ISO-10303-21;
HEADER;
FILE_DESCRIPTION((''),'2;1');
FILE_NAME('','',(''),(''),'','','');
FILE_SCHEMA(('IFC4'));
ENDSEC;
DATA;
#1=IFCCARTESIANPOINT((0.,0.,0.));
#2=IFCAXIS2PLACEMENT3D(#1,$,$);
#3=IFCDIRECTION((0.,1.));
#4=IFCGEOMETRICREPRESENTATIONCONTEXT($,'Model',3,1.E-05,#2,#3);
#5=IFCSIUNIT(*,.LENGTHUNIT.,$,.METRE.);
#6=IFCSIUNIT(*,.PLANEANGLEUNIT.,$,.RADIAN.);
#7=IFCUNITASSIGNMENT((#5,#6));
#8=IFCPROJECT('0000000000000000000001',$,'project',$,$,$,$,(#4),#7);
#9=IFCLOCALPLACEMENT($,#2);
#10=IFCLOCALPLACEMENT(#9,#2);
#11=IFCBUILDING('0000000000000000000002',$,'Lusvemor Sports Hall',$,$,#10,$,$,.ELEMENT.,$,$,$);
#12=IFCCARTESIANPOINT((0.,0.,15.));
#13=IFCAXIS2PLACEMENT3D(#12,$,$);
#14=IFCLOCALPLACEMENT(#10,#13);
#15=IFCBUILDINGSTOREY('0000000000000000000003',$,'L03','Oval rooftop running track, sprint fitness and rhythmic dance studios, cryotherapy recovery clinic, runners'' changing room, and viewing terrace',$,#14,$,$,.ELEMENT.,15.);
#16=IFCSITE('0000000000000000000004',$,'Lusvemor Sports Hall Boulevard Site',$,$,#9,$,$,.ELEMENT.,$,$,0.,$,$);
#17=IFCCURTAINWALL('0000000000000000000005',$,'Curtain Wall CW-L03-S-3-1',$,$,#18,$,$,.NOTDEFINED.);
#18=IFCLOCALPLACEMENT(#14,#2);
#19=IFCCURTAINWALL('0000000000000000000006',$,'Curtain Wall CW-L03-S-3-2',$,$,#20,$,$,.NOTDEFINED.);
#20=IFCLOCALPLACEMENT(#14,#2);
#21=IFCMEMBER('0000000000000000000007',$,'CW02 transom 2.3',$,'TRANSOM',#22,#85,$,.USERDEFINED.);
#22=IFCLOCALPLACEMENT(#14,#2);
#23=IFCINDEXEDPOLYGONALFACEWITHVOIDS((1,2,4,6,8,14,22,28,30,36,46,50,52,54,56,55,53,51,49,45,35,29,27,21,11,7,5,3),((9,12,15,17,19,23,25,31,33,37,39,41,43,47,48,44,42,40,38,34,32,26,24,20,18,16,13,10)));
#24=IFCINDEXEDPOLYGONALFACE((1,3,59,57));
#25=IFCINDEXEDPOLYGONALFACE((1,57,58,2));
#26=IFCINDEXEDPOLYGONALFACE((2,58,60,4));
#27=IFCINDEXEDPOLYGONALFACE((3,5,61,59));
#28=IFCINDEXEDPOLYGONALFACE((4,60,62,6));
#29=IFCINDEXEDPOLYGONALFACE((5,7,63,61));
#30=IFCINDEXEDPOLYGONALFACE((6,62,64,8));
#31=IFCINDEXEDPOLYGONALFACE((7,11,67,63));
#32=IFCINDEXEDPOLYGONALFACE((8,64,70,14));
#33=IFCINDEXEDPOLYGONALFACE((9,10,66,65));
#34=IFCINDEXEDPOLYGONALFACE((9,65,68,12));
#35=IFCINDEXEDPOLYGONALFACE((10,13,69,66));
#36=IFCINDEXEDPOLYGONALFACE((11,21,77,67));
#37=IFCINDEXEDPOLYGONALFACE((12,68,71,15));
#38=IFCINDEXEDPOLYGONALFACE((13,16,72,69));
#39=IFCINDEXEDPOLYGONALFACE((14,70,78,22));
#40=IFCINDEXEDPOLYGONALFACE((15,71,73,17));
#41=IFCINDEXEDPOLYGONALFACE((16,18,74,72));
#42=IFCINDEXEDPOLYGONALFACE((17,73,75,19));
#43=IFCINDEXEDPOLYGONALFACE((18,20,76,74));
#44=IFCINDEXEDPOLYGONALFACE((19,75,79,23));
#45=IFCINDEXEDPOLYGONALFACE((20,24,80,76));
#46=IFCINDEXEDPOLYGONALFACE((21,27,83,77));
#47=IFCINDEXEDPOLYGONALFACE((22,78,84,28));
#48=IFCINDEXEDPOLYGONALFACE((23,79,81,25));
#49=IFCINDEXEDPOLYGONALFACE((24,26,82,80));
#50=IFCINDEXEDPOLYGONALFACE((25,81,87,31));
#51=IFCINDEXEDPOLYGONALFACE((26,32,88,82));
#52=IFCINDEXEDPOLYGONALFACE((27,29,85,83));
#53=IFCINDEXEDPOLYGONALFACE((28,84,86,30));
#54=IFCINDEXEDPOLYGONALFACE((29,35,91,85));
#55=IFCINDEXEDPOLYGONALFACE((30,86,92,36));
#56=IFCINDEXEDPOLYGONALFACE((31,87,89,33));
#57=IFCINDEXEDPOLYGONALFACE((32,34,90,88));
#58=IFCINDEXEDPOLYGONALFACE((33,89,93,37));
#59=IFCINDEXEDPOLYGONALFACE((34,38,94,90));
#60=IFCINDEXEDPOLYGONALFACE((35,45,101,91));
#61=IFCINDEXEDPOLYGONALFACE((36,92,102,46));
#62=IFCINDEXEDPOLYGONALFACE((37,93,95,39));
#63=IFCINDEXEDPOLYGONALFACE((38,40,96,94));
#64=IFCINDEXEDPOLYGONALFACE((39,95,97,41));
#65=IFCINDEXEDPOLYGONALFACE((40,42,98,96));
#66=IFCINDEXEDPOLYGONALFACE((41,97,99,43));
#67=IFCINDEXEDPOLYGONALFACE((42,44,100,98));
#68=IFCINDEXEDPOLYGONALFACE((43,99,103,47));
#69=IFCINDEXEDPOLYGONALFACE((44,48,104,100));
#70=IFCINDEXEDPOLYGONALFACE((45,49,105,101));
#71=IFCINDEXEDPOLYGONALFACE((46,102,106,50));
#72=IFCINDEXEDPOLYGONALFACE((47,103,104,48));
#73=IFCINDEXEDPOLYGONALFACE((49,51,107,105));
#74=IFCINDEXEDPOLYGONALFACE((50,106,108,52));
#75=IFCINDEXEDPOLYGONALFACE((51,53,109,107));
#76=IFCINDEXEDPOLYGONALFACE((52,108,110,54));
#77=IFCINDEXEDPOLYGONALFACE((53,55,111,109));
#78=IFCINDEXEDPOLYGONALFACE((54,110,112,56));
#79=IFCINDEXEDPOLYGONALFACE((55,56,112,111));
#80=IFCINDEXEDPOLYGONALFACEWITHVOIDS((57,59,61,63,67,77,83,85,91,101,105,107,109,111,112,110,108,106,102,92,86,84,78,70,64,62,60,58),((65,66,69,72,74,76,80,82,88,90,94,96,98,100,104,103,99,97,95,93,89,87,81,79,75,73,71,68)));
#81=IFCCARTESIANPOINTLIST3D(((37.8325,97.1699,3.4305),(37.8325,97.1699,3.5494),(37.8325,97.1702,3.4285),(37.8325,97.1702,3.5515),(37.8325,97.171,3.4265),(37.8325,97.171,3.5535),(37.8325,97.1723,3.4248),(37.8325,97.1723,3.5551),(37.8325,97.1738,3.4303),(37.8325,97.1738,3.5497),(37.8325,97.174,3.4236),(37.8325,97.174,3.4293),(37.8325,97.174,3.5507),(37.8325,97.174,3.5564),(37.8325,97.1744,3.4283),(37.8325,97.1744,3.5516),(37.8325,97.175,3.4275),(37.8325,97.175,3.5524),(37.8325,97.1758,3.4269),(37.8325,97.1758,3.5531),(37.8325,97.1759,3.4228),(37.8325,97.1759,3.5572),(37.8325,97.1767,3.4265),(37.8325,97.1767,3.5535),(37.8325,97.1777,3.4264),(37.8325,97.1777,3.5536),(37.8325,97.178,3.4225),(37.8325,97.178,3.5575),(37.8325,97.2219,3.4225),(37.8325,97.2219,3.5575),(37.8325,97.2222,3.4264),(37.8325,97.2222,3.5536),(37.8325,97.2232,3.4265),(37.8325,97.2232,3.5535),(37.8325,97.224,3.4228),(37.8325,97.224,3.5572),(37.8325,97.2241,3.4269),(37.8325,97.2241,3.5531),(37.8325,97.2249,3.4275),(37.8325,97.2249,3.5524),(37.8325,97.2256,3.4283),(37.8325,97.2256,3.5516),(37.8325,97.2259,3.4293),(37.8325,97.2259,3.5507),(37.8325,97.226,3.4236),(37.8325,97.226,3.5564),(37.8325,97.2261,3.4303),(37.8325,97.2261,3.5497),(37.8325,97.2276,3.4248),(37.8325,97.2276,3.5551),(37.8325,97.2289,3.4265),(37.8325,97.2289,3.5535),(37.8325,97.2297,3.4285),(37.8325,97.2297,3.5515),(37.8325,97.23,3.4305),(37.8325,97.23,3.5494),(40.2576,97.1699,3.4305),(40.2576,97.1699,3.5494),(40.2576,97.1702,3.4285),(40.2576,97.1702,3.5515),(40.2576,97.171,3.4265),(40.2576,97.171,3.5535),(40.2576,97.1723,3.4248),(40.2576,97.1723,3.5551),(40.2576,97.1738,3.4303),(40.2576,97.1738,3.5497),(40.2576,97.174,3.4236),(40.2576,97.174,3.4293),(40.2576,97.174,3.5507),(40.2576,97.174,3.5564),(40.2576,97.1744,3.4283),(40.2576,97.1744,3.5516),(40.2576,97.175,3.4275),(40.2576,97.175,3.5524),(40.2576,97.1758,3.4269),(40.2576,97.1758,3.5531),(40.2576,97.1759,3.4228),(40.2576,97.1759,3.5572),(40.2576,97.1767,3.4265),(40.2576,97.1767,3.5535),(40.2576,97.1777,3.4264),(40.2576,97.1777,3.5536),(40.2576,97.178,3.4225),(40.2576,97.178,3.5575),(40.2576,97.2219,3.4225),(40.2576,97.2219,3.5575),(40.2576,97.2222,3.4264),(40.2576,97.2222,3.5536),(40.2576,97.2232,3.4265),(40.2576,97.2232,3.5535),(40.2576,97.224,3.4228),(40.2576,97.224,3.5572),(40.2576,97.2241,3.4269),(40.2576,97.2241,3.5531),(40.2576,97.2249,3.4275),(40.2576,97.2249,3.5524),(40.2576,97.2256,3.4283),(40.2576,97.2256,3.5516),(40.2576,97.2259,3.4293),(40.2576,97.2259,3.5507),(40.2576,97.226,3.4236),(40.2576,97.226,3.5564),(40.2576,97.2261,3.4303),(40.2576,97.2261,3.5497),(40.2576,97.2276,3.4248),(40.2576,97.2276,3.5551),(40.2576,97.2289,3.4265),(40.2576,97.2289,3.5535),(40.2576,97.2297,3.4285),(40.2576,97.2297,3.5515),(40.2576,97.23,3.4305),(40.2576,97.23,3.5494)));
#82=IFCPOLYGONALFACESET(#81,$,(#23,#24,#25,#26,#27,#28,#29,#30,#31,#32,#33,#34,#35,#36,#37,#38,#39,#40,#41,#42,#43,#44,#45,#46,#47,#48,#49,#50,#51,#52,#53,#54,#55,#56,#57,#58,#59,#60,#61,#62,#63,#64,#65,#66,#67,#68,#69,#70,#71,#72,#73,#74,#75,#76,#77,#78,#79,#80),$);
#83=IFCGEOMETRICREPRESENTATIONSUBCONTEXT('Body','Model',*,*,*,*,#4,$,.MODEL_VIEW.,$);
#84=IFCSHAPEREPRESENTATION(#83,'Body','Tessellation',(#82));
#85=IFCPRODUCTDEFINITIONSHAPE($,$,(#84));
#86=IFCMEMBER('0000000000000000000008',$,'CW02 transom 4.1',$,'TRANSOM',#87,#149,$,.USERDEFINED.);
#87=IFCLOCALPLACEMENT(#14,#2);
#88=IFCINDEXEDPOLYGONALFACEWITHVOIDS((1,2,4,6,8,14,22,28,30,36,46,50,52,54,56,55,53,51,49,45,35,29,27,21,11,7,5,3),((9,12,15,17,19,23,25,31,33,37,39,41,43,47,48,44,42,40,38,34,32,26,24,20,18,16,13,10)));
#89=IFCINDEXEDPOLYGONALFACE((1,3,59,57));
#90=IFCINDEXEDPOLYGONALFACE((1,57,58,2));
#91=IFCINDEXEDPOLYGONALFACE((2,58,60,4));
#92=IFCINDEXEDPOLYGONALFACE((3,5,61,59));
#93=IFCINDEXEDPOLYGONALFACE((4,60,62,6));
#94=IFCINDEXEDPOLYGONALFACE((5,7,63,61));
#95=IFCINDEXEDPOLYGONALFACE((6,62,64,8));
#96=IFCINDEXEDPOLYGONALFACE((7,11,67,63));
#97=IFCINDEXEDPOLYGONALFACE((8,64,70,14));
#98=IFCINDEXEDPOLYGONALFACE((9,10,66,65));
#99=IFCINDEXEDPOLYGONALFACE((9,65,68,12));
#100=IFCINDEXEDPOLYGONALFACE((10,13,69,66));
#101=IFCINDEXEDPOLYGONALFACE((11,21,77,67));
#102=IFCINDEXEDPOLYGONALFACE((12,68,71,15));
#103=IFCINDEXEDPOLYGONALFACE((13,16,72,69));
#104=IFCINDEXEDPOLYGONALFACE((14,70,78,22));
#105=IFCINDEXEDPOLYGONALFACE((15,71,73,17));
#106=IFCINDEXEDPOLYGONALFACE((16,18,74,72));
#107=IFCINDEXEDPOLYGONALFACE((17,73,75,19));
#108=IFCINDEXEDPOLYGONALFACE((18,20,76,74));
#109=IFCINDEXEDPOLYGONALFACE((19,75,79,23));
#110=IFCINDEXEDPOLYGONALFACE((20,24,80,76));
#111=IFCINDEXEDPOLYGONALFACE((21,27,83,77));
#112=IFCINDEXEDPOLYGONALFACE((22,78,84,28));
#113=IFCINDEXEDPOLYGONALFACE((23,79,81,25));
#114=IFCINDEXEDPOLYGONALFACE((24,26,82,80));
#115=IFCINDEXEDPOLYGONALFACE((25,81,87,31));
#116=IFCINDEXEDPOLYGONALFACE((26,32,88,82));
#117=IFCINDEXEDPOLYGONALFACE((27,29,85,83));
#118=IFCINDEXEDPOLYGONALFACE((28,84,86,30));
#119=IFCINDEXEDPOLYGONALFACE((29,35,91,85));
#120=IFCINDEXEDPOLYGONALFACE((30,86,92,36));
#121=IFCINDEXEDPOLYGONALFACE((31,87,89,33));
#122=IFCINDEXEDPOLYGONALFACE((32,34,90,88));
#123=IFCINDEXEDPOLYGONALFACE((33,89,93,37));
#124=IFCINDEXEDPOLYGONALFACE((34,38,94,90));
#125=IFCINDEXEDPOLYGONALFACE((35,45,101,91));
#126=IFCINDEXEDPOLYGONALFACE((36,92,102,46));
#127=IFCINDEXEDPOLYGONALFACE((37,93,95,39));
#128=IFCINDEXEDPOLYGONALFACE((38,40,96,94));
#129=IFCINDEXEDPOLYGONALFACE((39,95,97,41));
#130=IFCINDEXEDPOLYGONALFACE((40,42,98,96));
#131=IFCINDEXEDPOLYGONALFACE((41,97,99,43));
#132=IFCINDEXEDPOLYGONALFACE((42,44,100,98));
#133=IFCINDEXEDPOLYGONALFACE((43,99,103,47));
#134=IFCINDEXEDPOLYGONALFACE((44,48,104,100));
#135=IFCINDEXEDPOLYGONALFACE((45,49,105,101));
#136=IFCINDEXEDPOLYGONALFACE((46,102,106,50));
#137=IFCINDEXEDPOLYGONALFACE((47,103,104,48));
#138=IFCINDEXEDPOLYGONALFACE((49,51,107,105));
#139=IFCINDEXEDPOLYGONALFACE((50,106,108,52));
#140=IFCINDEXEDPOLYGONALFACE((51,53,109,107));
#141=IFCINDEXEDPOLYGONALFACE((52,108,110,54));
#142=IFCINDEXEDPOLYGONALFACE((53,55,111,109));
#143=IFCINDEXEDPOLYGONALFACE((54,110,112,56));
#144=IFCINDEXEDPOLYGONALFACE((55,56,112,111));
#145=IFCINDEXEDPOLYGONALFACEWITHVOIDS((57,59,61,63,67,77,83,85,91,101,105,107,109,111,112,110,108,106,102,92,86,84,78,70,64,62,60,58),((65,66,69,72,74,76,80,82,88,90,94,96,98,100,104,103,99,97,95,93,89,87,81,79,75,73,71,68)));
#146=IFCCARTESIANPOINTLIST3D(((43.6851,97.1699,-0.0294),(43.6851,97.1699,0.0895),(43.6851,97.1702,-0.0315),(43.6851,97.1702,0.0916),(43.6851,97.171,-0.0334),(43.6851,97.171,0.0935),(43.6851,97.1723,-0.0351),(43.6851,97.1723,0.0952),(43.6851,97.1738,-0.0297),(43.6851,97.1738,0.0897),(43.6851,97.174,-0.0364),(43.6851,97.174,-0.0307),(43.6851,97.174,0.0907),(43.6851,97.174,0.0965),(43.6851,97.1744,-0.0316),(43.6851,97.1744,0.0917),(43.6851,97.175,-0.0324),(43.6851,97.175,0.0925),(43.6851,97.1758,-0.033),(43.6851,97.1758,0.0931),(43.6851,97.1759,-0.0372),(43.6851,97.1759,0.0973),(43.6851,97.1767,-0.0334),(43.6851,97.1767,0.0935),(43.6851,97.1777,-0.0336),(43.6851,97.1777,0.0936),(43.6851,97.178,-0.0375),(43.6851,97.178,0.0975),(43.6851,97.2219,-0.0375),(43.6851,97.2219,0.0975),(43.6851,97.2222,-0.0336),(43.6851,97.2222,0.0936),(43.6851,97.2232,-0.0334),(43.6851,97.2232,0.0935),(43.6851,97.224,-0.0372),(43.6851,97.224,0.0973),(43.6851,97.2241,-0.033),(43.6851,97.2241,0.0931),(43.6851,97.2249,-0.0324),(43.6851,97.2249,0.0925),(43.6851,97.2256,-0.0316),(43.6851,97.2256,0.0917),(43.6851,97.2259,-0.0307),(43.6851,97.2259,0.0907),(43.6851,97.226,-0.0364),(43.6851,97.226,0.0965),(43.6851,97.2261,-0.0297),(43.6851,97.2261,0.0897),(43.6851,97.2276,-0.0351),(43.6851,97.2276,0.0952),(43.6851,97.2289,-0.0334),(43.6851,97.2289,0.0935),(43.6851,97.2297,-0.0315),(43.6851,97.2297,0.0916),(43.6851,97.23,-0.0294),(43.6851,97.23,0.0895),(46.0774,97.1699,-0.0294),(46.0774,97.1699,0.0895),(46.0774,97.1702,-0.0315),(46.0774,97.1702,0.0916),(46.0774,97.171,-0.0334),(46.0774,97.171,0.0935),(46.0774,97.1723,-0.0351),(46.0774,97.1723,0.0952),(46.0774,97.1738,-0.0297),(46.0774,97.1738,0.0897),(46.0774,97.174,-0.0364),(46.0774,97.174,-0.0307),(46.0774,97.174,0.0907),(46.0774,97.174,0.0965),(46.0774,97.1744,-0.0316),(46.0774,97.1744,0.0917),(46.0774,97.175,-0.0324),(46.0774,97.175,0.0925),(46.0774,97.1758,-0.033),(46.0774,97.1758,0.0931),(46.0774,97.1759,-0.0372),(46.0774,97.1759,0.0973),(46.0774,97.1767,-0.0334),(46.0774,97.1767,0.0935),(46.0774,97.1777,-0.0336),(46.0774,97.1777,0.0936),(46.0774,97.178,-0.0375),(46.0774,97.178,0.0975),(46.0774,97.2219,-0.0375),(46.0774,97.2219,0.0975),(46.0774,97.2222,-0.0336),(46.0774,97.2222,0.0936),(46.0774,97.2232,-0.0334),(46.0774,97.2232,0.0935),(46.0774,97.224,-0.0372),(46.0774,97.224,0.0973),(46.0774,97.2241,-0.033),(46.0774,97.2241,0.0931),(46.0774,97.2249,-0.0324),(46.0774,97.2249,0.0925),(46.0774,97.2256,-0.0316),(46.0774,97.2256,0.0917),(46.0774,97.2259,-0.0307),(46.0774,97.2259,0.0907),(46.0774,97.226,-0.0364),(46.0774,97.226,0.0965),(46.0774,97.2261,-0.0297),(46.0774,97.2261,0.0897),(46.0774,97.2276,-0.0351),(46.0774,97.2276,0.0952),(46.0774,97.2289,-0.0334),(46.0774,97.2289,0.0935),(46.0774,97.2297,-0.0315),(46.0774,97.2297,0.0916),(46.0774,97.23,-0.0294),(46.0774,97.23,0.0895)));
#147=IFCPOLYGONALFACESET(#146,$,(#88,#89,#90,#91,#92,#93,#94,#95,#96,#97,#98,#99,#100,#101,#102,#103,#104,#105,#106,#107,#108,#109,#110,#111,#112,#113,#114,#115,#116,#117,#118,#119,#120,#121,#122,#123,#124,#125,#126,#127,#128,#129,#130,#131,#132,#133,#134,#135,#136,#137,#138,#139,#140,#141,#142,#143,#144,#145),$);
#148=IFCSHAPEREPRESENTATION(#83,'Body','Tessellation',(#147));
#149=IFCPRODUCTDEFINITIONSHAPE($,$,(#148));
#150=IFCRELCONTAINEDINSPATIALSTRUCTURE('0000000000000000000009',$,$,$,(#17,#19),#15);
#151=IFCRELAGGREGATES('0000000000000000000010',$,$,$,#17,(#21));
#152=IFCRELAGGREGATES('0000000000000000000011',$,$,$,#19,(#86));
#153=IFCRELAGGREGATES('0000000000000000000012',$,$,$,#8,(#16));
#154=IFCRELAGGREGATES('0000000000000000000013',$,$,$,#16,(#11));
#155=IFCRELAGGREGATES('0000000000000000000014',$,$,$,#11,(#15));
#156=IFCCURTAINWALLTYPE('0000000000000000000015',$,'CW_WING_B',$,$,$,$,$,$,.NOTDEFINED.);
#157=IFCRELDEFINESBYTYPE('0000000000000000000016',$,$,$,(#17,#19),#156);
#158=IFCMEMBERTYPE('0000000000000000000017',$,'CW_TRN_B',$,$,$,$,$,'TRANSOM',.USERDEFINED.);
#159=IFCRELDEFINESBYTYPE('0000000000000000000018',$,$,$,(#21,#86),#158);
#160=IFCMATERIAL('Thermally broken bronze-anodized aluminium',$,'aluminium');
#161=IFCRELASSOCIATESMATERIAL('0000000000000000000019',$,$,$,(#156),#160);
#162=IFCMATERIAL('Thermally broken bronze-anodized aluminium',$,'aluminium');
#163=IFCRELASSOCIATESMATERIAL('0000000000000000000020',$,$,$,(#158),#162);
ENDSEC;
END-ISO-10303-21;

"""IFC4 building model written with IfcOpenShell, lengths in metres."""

from ifc_helpers import new_model, si_unit, direction, frame, origin, origin_2d, place, context, subcontext, project, spatial, hollow_rectangle, extrude, material, material_profile, profile_set, type_object, element, aggregate, save


model = new_model("IFC4")

# Units and contexts
model_context = context("Model", 3, precision=1e-05, world=origin(), true_north=direction((0.0, 1.0)))
body_context = subcontext(model_context, "Body", "Model", "MODEL_VIEW")
ifc_project = project(units=[si_unit("LENGTHUNIT", "METRE"), si_unit("PLANEANGLEUNIT", "RADIAN")], contexts=[model_context])

# Site, building, storey
site_placement = place(None, origin())
site = spatial("IfcSite", under=ifc_project, at=site_placement, Name="Lusvemor Sports Hall Boulevard Site", CompositionType="ELEMENT", RefElevation=0.0)
building_placement = place(site_placement, origin())
building = spatial("IfcBuilding", under=site, at=building_placement, Name="Lusvemor Sports Hall", CompositionType="ELEMENT")
storey_placement = place(building_placement, frame((0.0, 0.0, 15.0)))
storey = spatial("IfcBuildingStorey", under=building, at=storey_placement, Name="L03", Description="Oval rooftop running track, sprint fitness and rhythmic dance studios, cryotherapy recovery clinic, runners' changing room, and viewing terrace", CompositionType="ELEMENT", Elevation=15.0)

# Curtain walls
ifc_material_1 = material(Name="Thermally broken bronze-anodized aluminium", Category="aluminium")
curtain_wall_type = type_object("IfcCurtainWallType", Name="CW_WING_B", PredefinedType="NOTDEFINED", material=ifc_material_1)
curtain_wall_1_placement = place(storey_placement, origin())
curtain_wall_1 = element("IfcCurtainWall", 1, at=curtain_wall_1_placement, inside=storey, type_object=curtain_wall_type, Name="Curtain Wall CW-L03-S-3-1", PredefinedType="NOTDEFINED")
curtain_wall_2_placement = place(storey_placement, origin())
curtain_wall_2 = element("IfcCurtainWall", 2, at=curtain_wall_2_placement, inside=storey, type_object=curtain_wall_type, Name="Curtain Wall CW-L03-S-3-2", PredefinedType="NOTDEFINED")

# Members
ifc_material_2 = material(Name="Thermally broken bronze-anodized aluminium", Category="aluminium")
ifc_material_profile_1 = material_profile(ifc_material_2, hollow_rectangle(XDim=0.0601, YDim=0.135, WallThickness=0.0039, InnerFilletRadius=0.0039, OuterFilletRadius=0.0081, at=origin_2d()), Name="CWTRN135x60x4")
ifc_profile_set_1 = profile_set([ifc_material_profile_1], Name="Thermally broken bronze-anodized aluminium")
member_type_1 = type_object("IfcMemberType", Name="CW_TRN_B", ElementType="TRANSOM", PredefinedType="USERDEFINED", material=ifc_profile_set_1)
member_1_placement = place(storey_placement, frame((40.2576, 97.2, 3.49), z_axis=(-1.0, 0.0, 0.0), x_axis=(0.0, -1.0, 0.0)))
member_1 = element("IfcMember", 3, at=member_1_placement, type_object=member_type_1, Name="CW02 transom 2.3", ObjectType="TRANSOM", PredefinedType="USERDEFINED", context=body_context, shape_type="SweptSolid", body=[
    extrude(hollow_rectangle(XDim=0.0601, YDim=0.135, WallThickness=0.0039, InnerFilletRadius=0.0039, OuterFilletRadius=0.0081, at=origin_2d()), origin(), (0.0, 0.0, 1.0), 2.425),
])
member_2_placement = place(storey_placement, frame((46.0774, 97.2, 0.03), z_axis=(-1.0, 0.0, 0.0), x_axis=(0.0, -1.0, 0.0)))
member_2 = element("IfcMember", 4, at=member_2_placement, type_object=member_type_1, Name="CW02 transom 4.1", ObjectType="TRANSOM", PredefinedType="USERDEFINED", context=body_context, shape_type="SweptSolid", body=[
    extrude(hollow_rectangle(XDim=0.0601, YDim=0.135, WallThickness=0.0039, InnerFilletRadius=0.0039, OuterFilletRadius=0.0081, at=origin_2d()), origin(), (0.0, 0.0, 1.0), 2.3923),
])

aggregate(curtain_wall_1, [member_1])
aggregate(curtain_wall_2, [member_2])

save(model, "model.ifc")
